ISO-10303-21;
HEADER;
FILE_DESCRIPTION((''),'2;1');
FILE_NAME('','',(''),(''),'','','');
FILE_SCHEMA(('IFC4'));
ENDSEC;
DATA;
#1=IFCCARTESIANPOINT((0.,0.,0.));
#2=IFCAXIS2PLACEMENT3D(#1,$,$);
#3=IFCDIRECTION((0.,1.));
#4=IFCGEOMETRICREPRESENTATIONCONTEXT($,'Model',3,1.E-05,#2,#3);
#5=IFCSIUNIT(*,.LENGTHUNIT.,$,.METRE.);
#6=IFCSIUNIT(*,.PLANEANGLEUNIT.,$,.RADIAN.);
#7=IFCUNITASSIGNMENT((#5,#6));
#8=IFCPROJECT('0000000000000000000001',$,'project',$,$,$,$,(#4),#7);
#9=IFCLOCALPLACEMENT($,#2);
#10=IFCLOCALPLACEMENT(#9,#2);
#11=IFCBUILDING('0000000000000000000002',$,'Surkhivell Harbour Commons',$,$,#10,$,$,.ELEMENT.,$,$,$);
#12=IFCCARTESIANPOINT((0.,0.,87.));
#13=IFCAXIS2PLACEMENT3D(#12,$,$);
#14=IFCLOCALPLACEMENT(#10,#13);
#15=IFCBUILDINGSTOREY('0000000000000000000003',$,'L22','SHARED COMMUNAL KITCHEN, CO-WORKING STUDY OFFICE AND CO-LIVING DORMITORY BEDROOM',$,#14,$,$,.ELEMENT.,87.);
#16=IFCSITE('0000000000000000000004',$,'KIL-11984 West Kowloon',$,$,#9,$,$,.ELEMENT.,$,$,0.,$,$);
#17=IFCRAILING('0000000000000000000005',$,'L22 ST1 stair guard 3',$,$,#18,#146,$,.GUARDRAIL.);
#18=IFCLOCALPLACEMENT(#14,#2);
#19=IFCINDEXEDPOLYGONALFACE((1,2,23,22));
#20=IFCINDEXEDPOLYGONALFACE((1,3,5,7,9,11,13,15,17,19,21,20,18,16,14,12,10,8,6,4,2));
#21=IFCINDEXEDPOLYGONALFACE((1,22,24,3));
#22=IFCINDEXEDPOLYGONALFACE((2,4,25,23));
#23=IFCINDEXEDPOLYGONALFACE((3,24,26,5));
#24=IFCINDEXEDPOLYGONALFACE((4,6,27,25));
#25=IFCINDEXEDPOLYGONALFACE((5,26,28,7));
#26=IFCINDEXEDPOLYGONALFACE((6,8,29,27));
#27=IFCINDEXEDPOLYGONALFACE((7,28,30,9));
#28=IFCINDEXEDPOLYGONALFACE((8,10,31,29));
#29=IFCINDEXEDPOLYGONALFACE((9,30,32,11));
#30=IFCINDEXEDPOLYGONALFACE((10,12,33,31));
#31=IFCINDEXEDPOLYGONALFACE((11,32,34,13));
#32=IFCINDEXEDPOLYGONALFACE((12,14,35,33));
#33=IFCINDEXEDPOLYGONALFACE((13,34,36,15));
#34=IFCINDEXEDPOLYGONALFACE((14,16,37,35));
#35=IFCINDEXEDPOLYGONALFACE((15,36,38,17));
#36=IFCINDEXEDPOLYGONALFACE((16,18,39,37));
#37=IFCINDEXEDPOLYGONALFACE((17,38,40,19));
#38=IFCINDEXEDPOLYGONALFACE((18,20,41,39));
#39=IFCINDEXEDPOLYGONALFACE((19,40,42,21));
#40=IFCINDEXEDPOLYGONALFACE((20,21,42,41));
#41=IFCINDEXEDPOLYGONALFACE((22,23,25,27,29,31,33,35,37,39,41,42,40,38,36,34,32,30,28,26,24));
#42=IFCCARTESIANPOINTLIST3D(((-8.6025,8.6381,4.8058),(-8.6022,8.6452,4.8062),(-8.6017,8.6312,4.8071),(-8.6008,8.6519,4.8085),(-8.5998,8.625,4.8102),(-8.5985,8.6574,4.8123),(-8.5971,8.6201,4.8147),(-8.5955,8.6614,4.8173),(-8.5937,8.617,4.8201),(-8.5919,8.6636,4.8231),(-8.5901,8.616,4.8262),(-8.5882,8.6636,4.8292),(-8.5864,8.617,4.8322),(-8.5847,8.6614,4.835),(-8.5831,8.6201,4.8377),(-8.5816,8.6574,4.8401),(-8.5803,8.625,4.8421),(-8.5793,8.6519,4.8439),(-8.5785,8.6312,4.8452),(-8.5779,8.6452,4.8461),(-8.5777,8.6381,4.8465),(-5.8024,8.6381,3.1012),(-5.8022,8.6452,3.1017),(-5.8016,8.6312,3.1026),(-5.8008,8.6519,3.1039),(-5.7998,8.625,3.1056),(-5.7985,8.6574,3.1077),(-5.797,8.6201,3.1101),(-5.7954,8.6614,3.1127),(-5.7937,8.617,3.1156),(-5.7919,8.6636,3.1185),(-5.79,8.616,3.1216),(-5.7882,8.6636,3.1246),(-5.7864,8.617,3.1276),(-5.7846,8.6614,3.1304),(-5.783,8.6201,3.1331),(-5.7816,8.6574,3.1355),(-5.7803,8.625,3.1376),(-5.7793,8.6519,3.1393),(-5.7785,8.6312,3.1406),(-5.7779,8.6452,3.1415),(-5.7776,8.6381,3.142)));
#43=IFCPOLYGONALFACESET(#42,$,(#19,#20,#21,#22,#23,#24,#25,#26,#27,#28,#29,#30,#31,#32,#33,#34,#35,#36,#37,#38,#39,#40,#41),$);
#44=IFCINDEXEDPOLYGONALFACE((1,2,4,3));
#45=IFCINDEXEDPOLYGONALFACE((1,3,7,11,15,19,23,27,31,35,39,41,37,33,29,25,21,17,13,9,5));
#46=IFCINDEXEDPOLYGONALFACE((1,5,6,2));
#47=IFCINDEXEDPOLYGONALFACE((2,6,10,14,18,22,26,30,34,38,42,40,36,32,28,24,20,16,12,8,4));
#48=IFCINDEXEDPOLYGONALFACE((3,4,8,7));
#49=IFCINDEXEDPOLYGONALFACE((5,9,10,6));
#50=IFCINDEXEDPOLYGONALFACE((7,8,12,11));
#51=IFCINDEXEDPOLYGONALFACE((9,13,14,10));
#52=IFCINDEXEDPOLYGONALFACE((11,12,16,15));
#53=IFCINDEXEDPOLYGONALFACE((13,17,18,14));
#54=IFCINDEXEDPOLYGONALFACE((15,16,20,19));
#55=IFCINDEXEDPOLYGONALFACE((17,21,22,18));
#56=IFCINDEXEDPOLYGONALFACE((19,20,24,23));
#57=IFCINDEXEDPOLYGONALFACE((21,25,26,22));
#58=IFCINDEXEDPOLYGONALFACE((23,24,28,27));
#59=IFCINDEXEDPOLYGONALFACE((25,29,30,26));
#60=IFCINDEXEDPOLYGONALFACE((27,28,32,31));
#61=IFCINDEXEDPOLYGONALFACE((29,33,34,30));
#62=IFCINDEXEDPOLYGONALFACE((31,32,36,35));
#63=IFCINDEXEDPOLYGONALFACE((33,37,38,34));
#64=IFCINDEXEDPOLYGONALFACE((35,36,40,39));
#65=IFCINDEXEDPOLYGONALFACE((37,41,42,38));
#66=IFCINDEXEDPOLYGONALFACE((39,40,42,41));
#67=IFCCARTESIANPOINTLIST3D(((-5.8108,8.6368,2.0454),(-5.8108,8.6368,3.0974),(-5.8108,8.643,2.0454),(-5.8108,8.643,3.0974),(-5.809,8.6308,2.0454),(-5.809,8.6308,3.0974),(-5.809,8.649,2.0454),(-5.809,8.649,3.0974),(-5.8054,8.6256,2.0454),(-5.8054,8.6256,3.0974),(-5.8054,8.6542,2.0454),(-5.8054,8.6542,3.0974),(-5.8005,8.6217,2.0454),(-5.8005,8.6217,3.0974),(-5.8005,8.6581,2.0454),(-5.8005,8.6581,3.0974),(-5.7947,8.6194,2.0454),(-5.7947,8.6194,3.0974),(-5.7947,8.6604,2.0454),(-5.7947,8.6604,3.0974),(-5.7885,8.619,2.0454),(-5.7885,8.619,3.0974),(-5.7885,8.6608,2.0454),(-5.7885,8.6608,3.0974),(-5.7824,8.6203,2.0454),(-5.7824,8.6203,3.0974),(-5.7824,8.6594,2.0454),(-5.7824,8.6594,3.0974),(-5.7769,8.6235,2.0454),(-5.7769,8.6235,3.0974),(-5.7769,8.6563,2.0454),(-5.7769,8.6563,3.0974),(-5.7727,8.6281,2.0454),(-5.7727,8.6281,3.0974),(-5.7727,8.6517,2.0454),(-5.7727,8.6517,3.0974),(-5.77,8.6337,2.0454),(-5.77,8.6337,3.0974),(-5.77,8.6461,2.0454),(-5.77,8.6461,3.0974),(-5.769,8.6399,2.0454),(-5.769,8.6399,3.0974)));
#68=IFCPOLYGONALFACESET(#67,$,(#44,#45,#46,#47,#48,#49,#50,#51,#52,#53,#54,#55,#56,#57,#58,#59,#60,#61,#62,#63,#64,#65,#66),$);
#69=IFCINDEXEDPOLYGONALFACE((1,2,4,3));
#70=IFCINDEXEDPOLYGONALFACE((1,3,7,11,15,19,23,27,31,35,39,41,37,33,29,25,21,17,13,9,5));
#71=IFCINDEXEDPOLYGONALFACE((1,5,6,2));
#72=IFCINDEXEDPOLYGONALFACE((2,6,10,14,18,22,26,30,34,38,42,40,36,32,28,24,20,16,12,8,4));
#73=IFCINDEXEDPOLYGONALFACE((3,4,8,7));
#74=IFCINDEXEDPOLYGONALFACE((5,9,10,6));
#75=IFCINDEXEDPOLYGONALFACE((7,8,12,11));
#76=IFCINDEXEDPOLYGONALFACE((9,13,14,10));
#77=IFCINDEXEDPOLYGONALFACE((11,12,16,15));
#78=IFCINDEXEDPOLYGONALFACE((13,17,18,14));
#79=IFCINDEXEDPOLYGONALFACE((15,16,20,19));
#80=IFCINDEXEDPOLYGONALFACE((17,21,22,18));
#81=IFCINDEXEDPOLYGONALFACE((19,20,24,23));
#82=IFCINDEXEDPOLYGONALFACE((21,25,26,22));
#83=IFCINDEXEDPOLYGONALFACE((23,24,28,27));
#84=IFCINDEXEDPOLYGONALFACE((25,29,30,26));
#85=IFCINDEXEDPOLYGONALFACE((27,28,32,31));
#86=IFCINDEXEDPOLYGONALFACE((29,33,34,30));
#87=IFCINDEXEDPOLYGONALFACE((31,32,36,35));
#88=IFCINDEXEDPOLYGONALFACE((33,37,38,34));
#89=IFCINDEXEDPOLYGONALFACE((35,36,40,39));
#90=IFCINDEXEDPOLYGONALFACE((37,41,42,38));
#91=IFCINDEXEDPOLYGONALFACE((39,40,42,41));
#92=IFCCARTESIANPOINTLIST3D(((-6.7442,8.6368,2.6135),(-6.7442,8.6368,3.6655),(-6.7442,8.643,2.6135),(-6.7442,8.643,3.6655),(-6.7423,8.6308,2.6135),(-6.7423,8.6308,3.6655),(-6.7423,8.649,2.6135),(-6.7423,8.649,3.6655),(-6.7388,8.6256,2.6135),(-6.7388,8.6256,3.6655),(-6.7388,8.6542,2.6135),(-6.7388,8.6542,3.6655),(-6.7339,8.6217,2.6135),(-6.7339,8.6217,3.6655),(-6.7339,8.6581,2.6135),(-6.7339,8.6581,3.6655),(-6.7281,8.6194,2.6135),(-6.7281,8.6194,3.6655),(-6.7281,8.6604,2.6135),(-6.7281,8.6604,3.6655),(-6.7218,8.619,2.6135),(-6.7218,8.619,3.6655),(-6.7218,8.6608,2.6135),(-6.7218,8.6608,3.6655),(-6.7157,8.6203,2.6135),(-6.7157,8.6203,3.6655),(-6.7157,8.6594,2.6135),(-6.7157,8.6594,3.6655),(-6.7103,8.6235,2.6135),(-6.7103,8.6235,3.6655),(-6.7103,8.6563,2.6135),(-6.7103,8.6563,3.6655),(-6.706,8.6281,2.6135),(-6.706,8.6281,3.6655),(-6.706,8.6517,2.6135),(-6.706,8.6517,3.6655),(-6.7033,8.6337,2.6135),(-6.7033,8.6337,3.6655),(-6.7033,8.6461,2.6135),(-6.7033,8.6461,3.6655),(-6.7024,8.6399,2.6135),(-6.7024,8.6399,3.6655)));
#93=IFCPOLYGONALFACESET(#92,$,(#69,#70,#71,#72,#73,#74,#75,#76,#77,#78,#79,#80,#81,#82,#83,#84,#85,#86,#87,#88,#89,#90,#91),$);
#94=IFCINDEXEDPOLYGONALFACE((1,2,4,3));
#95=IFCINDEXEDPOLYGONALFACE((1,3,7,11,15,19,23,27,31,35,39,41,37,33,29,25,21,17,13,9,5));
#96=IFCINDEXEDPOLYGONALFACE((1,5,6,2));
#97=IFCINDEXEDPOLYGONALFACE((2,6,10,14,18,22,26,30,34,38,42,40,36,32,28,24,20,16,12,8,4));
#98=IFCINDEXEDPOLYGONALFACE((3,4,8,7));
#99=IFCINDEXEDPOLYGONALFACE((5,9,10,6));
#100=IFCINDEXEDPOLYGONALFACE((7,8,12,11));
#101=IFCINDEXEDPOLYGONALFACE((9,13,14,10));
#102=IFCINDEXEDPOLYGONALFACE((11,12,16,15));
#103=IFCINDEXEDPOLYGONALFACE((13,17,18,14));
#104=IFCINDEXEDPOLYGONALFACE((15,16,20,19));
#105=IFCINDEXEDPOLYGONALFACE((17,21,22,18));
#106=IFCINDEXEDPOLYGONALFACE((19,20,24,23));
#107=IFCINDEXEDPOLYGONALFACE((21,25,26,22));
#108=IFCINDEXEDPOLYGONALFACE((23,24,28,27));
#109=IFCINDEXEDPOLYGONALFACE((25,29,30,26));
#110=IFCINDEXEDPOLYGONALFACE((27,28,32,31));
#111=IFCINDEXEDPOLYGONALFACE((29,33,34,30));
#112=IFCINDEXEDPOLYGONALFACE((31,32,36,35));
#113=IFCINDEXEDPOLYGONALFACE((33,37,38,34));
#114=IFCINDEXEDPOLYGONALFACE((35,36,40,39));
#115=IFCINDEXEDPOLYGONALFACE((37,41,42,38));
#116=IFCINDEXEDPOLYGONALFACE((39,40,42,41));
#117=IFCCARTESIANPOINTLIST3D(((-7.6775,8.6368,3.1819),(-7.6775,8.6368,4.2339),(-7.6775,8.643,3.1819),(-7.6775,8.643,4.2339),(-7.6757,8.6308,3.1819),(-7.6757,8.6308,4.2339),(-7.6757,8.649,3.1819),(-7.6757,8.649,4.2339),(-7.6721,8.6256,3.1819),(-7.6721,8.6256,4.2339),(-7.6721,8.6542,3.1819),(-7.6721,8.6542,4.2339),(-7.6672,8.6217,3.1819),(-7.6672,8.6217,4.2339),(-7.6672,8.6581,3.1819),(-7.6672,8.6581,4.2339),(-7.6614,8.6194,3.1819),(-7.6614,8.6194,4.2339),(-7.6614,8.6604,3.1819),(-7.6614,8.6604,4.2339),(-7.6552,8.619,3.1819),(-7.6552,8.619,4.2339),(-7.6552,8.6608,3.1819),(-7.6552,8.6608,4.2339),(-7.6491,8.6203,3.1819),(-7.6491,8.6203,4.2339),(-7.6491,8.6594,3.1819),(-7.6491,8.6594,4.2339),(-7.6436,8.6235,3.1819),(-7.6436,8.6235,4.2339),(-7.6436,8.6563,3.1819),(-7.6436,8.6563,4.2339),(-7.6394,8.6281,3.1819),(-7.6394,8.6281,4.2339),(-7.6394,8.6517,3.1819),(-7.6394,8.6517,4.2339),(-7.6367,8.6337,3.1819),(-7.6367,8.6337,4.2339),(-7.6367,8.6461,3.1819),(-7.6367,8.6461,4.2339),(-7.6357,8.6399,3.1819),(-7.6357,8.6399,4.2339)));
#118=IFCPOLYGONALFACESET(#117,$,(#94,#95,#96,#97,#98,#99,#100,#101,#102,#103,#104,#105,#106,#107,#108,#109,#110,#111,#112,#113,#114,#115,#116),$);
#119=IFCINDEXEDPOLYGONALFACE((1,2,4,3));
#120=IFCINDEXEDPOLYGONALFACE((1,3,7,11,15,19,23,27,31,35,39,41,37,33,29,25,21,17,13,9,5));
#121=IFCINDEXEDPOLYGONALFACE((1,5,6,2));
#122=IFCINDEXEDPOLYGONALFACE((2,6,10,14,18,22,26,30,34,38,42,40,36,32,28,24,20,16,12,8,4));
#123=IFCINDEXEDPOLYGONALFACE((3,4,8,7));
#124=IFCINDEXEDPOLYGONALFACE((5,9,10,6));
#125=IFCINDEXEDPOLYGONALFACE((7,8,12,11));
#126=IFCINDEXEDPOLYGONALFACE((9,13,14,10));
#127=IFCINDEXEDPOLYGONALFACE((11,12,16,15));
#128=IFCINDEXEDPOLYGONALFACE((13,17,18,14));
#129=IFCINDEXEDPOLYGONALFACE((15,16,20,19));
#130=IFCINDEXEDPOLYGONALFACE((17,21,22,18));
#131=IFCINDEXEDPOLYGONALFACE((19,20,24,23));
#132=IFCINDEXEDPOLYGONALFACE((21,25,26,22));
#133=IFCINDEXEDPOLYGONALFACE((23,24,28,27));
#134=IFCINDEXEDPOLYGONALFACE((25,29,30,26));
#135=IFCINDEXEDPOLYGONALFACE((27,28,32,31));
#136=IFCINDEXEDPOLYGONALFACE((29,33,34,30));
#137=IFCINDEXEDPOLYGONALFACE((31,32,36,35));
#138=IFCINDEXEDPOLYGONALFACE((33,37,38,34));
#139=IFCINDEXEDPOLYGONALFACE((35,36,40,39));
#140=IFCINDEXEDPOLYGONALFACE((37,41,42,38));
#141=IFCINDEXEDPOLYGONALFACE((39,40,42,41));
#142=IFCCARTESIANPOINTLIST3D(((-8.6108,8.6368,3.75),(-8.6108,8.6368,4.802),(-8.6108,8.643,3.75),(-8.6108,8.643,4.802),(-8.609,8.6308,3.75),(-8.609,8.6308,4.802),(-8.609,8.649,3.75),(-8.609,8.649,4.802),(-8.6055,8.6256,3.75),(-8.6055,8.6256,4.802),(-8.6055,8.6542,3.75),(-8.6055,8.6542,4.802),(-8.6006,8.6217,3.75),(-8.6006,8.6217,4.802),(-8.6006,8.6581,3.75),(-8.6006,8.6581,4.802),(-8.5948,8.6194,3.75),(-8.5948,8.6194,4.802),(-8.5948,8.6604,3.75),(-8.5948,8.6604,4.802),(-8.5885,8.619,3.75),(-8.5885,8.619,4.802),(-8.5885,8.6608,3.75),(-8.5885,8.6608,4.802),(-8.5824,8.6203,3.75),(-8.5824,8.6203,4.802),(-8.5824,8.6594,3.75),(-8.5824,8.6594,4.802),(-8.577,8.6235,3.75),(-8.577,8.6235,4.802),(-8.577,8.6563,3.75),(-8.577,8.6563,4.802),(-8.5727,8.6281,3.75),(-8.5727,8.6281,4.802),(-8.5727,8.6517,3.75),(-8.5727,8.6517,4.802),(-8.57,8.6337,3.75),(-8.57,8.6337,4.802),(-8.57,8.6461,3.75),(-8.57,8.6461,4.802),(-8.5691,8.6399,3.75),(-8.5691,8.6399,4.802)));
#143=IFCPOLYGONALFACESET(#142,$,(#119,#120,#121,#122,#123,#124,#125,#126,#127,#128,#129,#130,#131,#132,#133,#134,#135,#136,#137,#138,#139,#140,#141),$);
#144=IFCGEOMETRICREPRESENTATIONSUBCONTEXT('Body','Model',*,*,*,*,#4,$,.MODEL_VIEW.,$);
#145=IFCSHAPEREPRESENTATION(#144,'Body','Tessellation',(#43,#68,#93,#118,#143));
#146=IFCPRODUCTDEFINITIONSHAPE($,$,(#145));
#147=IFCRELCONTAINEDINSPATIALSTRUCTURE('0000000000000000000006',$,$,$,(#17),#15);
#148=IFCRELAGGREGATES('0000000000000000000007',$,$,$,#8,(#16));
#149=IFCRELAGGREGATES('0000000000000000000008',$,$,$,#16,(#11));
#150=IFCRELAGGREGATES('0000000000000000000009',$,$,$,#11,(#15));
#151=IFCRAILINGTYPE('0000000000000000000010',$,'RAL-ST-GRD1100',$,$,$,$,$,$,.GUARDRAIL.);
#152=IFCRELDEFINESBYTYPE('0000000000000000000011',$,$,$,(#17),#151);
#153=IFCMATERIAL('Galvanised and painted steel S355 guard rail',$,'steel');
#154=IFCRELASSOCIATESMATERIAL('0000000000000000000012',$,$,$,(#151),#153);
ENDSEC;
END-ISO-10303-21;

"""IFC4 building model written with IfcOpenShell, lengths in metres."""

from ifc_helpers import new_model, si_unit, direction, frame, origin, origin_2d, place, context, subcontext, project, spatial, circle, extrude, material, type_object, element, save


model = new_model("IFC4")

# Units and contexts
model_context = context("Model", 3, precision=1e-05, world=origin(), true_north=direction((0.0, 1.0)))
body_context = subcontext(model_context, "Body", "Model", "MODEL_VIEW")
ifc_project = project(units=[si_unit("LENGTHUNIT", "METRE"), si_unit("PLANEANGLEUNIT", "RADIAN")], contexts=[model_context])

# Site, building, storey
site_placement = place(None, origin())
site = spatial("IfcSite", under=ifc_project, at=site_placement, Name="KIL-11984 West Kowloon", CompositionType="ELEMENT", RefElevation=0.0)
building_placement = place(site_placement, origin())
building = spatial("IfcBuilding", under=site, at=building_placement, Name="Surkhivell Harbour Commons", CompositionType="ELEMENT")
storey_placement = place(building_placement, frame((0.0, 0.0, 87.0)))
storey = spatial("IfcBuildingStorey", under=building, at=storey_placement, Name="L22", Description="SHARED COMMUNAL KITCHEN, CO-WORKING STUDY OFFICE AND CO-LIVING DORMITORY BEDROOM", CompositionType="ELEMENT", Elevation=87.0)

# Railing
ifc_material_1 = material(Name="Galvanised and painted steel S355 guard rail", Category="steel")
railing_type_1 = type_object("IfcRailingType", Name="RAL-ST-GRD1100", PredefinedType="GUARDRAIL", material=ifc_material_1)
railing_1_placement = place(storey_placement, frame((-5.79, 8.6399, 2.0454)))
element("IfcRailing", 1, at=railing_1_placement, inside=storey, type_object=railing_type_1, Name="L22 ST1 stair guard 3", PredefinedType="GUARDRAIL", context=body_context, shape_type="SweptSolid", body=[
    extrude(circle(Radius=0.0239, at=origin_2d()), frame((0.0, 0.0, 1.0762), z_axis=(-0.85417, 0.0, 0.519994), x_axis=(0.0, -1.0, 0.0)), (0.0, 0.0, 1.0), 3.2781),
    extrude(circle(Radius=0.021, at=origin_2d()), origin(), (0.0, 0.0, 1.0), 1.052),
    extrude(circle(Radius=0.021, at=origin_2d()), frame((-0.9333, 0.0, 0.5681)), (0.0, 0.0, 1.0), 1.052),
    extrude(circle(Radius=0.021, at=origin_2d()), frame((-1.8667, 0.0, 1.1365)), (0.0, 0.0, 1.0), 1.052),
    extrude(circle(Radius=0.021, at=origin_2d()), frame((-2.8, 0.0, 1.7046)), (0.0, 0.0, 1.0), 1.052),
])

save(model, "model.ifc")
